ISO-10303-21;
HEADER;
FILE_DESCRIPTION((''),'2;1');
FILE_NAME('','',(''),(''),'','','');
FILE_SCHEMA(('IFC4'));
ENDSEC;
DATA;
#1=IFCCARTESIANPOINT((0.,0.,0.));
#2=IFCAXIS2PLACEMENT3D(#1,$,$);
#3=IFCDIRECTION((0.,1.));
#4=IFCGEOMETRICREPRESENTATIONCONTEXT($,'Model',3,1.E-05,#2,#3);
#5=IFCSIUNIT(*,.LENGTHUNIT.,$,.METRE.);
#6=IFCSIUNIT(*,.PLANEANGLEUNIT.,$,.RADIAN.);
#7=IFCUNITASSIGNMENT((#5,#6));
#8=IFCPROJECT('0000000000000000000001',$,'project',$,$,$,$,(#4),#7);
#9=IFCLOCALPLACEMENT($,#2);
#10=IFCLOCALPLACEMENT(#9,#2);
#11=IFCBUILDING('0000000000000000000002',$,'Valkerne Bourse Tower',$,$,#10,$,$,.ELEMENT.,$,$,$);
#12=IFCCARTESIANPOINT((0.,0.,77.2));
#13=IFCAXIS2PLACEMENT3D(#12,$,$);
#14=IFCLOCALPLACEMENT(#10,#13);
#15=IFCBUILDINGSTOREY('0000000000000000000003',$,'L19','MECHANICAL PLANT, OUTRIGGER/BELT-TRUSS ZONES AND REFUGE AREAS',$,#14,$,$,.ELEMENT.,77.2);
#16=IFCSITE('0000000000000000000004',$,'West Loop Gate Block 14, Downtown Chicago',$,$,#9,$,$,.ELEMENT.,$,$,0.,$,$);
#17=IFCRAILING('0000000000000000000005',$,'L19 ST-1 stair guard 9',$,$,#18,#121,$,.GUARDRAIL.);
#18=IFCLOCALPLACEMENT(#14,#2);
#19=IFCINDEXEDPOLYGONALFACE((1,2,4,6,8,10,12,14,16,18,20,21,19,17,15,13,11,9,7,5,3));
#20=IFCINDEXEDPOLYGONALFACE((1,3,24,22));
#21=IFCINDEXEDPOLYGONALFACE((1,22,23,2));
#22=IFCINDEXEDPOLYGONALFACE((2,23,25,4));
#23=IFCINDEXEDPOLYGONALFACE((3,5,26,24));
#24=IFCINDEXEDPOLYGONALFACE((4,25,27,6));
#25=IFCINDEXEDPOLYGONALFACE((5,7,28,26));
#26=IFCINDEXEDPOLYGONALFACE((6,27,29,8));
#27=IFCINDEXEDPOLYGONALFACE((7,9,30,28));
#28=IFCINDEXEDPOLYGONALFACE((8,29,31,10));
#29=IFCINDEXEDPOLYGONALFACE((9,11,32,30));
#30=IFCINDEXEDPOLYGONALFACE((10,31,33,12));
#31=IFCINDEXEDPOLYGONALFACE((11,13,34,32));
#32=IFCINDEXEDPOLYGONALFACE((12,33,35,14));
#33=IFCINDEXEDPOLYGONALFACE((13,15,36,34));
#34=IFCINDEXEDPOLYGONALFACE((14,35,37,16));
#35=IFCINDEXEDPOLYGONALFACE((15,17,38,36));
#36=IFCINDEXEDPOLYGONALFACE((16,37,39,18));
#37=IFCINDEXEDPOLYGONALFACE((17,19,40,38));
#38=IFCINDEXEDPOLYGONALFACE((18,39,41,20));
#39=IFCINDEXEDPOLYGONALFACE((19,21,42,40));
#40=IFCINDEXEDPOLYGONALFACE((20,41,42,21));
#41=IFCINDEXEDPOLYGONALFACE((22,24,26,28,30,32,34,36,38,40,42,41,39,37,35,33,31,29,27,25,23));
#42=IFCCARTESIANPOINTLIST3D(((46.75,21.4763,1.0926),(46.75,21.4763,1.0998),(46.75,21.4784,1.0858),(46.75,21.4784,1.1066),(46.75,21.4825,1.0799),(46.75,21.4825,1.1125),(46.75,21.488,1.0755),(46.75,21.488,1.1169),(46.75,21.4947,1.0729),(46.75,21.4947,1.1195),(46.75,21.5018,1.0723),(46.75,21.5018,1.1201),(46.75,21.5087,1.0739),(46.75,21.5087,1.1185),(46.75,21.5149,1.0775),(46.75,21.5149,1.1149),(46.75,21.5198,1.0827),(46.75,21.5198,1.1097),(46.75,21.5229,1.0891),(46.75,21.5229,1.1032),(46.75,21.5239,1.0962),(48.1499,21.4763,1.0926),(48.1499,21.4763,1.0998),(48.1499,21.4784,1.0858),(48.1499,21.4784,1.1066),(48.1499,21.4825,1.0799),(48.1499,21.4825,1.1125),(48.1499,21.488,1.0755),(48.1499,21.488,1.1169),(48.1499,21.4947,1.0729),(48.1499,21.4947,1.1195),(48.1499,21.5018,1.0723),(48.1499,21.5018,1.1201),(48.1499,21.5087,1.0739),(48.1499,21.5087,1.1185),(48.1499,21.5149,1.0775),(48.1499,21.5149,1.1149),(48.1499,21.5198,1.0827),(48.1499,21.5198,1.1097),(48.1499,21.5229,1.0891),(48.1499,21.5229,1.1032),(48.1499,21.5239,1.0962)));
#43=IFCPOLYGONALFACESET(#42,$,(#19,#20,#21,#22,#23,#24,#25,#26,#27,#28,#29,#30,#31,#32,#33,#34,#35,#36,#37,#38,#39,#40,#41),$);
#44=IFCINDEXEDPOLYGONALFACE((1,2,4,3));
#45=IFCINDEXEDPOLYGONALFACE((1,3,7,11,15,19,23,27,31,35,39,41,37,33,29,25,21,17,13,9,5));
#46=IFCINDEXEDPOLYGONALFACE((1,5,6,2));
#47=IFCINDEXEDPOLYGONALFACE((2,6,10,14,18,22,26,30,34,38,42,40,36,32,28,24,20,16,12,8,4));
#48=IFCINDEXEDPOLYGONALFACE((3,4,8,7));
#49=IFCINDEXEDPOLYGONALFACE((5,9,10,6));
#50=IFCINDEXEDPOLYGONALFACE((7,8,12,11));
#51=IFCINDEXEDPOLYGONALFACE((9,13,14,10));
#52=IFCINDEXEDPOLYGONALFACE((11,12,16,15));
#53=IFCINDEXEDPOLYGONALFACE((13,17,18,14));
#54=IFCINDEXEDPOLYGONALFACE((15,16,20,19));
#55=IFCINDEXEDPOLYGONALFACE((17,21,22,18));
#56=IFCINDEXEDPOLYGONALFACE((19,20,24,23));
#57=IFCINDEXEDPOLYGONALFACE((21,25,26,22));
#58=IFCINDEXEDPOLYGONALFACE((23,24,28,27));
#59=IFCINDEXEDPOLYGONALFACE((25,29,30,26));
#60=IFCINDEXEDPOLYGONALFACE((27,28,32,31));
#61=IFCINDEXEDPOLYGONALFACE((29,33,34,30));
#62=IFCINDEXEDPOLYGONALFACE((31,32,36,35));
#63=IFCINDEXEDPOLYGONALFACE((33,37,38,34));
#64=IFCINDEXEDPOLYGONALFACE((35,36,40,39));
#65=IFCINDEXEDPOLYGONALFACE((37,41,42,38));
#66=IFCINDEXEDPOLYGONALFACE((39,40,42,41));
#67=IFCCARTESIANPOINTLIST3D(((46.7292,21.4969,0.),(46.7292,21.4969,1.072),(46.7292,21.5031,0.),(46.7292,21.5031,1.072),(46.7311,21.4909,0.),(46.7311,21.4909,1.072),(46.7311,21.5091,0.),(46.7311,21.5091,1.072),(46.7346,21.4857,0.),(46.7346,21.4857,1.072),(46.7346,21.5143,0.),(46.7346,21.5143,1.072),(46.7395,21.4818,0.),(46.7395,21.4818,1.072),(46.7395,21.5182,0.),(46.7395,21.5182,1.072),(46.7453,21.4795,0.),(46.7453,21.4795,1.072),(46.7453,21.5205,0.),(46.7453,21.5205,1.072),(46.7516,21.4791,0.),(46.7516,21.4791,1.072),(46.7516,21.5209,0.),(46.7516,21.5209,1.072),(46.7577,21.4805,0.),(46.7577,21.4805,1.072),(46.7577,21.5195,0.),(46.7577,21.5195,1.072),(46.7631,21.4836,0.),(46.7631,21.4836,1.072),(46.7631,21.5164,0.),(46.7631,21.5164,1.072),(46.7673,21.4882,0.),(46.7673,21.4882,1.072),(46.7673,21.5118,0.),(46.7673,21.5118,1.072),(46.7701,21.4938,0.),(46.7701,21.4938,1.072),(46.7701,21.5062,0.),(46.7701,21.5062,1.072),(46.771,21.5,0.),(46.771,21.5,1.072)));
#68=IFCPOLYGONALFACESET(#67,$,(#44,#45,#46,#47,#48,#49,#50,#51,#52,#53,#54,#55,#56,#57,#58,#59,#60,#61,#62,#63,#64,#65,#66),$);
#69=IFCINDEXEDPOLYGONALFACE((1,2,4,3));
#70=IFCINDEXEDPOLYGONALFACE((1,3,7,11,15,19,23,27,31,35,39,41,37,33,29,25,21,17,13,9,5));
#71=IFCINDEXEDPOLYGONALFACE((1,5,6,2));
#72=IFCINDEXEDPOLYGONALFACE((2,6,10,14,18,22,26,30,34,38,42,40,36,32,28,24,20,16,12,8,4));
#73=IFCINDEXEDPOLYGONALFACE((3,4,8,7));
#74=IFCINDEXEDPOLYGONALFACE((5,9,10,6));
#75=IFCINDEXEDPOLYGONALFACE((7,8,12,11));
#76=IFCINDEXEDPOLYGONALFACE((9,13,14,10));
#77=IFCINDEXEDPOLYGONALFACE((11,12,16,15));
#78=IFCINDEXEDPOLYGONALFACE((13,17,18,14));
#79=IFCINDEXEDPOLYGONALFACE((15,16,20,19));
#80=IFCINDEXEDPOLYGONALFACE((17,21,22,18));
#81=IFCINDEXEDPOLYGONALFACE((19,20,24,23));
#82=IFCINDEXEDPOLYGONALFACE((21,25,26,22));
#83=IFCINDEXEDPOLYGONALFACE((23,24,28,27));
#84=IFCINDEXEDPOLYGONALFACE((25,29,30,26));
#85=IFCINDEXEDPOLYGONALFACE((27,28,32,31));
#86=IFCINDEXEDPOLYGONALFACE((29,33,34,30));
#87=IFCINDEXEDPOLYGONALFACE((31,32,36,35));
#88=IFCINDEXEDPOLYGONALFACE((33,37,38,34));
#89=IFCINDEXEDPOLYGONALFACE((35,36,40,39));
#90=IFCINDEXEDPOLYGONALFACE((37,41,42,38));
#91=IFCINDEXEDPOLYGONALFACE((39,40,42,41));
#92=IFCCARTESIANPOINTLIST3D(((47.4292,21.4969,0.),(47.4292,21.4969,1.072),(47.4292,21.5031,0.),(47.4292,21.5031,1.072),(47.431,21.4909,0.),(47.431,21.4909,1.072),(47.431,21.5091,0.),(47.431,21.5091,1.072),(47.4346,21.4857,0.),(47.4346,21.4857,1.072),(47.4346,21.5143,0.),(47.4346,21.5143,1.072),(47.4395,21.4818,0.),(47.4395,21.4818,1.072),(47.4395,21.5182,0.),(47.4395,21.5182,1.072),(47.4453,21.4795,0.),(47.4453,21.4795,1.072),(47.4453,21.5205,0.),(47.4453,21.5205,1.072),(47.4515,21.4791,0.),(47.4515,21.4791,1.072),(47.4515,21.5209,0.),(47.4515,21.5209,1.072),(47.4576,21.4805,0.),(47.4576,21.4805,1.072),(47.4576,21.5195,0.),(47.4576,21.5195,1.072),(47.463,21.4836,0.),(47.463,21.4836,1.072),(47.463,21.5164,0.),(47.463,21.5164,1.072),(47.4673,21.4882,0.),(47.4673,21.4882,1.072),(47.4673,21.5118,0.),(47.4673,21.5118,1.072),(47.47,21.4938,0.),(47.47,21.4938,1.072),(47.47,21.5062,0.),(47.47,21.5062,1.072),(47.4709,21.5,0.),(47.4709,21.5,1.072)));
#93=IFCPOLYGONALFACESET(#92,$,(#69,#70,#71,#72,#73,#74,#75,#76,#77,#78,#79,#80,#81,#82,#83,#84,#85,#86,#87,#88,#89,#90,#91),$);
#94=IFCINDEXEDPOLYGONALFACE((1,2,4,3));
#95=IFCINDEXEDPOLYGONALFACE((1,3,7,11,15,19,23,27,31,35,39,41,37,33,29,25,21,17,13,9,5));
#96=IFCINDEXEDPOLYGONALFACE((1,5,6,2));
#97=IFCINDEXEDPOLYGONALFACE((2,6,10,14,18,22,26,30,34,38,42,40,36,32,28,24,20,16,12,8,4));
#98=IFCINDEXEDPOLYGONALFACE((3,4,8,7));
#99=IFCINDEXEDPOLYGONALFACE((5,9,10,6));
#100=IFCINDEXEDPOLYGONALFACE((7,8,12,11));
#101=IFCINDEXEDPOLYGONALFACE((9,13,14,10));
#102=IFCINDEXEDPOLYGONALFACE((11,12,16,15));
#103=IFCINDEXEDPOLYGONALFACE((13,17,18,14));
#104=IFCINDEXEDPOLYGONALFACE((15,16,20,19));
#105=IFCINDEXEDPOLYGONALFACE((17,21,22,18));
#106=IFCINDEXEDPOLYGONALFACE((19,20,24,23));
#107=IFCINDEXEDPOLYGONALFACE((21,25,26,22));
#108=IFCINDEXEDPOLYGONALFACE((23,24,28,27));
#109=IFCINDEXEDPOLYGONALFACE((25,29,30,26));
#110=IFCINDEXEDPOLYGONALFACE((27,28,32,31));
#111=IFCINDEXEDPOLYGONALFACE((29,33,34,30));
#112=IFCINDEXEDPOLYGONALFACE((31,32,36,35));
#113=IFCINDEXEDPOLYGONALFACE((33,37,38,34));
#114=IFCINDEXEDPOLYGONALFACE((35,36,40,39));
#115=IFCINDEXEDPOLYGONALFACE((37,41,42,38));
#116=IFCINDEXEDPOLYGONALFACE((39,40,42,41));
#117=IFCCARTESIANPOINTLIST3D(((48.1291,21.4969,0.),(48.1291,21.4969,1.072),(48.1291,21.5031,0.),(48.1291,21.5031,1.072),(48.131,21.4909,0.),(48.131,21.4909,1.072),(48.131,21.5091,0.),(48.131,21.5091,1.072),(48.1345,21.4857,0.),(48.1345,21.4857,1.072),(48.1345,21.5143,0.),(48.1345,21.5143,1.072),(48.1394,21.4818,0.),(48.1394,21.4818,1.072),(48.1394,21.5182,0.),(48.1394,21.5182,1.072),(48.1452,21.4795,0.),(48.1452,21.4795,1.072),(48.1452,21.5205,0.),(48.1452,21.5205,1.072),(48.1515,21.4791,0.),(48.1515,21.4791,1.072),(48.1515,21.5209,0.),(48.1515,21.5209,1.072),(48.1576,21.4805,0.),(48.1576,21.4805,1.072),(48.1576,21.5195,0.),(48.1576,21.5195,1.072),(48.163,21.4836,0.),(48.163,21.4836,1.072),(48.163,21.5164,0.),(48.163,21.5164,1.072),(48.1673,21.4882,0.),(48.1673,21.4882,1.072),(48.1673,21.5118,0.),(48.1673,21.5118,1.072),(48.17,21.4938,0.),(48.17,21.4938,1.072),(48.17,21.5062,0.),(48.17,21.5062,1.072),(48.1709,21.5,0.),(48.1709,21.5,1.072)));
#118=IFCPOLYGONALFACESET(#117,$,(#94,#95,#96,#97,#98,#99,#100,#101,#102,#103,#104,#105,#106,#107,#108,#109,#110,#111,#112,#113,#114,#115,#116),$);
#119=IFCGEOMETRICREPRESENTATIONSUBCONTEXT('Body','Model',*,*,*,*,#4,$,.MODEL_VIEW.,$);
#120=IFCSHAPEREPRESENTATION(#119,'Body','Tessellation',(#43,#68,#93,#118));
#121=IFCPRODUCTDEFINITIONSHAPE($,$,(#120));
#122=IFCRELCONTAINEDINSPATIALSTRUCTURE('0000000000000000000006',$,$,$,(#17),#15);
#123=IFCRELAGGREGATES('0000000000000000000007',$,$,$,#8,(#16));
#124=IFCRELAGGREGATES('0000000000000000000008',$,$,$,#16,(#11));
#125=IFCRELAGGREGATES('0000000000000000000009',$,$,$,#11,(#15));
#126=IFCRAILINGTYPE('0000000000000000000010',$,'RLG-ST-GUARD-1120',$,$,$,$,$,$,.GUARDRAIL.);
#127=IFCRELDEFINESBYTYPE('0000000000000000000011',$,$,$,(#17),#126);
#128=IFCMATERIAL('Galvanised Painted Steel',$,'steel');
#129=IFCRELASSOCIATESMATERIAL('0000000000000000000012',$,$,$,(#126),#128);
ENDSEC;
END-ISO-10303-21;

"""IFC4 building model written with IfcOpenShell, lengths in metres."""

from ifc_helpers import new_model, si_unit, direction, frame, origin, origin_2d, place, context, subcontext, project, spatial, circle, extrude, material, type_object, element, save


model = new_model("IFC4")

# Units and contexts
model_context = context("Model", 3, precision=1e-05, world=origin(), true_north=direction((0.0, 1.0)))
body_context = subcontext(model_context, "Body", "Model", "MODEL_VIEW")
ifc_project = project(units=[si_unit("LENGTHUNIT", "METRE"), si_unit("PLANEANGLEUNIT", "RADIAN")], contexts=[model_context])

# Site, building, storey
site_placement = place(None, origin())
site = spatial("IfcSite", under=ifc_project, at=site_placement, Name="West Loop Gate Block 14, Downtown Chicago", CompositionType="ELEMENT", RefElevation=0.0)
building_placement = place(site_placement, origin())
building = spatial("IfcBuilding", under=site, at=building_placement, Name="Valkerne Bourse Tower", CompositionType="ELEMENT")
storey_placement = place(building_placement, frame((0.0, 0.0, 77.2)))
storey = spatial("IfcBuildingStorey", under=building, at=storey_placement, Name="L19", Description="MECHANICAL PLANT, OUTRIGGER/BELT-TRUSS ZONES AND REFUGE AREAS", CompositionType="ELEMENT", Elevation=77.2)

# Shared definitions
ifc_material_1 = material(Name="Galvanised Painted Steel", Category="steel")

# Railing
railing_type_1 = type_object("IfcRailingType", Name="RLG-ST-GUARD-1120", PredefinedType="GUARDRAIL", material=ifc_material_1)
railing_1_placement = place(storey_placement, frame((46.75, 21.5, 0.0)))
element("IfcRailing", 1, at=railing_1_placement, inside=storey, type_object=railing_type_1, Name="L19 ST-1 stair guard 9", PredefinedType="GUARDRAIL", context=body_context, shape_type="SweptSolid", body=[
    extrude(circle(Radius=0.0239, at=origin_2d()), frame((0.0, 0.0, 1.0962), z_axis=(1.0, 0.0, 0.0), x_axis=(0.0, 1.0, 0.0)), (0.0, 0.0, 1.0), 1.3999),
    extrude(circle(Radius=0.021, at=origin_2d()), origin(), (0.0, 0.0, 1.0), 1.072),
    extrude(circle(Radius=0.021, at=origin_2d()), frame((0.7, 0.0, 0.0)), (0.0, 0.0, 1.0), 1.072),
    extrude(circle(Radius=0.021, at=origin_2d()), frame((1.3999, 0.0, 0.0)), (0.0, 0.0, 1.0), 1.072),
])

save(model, "model.ifc")
